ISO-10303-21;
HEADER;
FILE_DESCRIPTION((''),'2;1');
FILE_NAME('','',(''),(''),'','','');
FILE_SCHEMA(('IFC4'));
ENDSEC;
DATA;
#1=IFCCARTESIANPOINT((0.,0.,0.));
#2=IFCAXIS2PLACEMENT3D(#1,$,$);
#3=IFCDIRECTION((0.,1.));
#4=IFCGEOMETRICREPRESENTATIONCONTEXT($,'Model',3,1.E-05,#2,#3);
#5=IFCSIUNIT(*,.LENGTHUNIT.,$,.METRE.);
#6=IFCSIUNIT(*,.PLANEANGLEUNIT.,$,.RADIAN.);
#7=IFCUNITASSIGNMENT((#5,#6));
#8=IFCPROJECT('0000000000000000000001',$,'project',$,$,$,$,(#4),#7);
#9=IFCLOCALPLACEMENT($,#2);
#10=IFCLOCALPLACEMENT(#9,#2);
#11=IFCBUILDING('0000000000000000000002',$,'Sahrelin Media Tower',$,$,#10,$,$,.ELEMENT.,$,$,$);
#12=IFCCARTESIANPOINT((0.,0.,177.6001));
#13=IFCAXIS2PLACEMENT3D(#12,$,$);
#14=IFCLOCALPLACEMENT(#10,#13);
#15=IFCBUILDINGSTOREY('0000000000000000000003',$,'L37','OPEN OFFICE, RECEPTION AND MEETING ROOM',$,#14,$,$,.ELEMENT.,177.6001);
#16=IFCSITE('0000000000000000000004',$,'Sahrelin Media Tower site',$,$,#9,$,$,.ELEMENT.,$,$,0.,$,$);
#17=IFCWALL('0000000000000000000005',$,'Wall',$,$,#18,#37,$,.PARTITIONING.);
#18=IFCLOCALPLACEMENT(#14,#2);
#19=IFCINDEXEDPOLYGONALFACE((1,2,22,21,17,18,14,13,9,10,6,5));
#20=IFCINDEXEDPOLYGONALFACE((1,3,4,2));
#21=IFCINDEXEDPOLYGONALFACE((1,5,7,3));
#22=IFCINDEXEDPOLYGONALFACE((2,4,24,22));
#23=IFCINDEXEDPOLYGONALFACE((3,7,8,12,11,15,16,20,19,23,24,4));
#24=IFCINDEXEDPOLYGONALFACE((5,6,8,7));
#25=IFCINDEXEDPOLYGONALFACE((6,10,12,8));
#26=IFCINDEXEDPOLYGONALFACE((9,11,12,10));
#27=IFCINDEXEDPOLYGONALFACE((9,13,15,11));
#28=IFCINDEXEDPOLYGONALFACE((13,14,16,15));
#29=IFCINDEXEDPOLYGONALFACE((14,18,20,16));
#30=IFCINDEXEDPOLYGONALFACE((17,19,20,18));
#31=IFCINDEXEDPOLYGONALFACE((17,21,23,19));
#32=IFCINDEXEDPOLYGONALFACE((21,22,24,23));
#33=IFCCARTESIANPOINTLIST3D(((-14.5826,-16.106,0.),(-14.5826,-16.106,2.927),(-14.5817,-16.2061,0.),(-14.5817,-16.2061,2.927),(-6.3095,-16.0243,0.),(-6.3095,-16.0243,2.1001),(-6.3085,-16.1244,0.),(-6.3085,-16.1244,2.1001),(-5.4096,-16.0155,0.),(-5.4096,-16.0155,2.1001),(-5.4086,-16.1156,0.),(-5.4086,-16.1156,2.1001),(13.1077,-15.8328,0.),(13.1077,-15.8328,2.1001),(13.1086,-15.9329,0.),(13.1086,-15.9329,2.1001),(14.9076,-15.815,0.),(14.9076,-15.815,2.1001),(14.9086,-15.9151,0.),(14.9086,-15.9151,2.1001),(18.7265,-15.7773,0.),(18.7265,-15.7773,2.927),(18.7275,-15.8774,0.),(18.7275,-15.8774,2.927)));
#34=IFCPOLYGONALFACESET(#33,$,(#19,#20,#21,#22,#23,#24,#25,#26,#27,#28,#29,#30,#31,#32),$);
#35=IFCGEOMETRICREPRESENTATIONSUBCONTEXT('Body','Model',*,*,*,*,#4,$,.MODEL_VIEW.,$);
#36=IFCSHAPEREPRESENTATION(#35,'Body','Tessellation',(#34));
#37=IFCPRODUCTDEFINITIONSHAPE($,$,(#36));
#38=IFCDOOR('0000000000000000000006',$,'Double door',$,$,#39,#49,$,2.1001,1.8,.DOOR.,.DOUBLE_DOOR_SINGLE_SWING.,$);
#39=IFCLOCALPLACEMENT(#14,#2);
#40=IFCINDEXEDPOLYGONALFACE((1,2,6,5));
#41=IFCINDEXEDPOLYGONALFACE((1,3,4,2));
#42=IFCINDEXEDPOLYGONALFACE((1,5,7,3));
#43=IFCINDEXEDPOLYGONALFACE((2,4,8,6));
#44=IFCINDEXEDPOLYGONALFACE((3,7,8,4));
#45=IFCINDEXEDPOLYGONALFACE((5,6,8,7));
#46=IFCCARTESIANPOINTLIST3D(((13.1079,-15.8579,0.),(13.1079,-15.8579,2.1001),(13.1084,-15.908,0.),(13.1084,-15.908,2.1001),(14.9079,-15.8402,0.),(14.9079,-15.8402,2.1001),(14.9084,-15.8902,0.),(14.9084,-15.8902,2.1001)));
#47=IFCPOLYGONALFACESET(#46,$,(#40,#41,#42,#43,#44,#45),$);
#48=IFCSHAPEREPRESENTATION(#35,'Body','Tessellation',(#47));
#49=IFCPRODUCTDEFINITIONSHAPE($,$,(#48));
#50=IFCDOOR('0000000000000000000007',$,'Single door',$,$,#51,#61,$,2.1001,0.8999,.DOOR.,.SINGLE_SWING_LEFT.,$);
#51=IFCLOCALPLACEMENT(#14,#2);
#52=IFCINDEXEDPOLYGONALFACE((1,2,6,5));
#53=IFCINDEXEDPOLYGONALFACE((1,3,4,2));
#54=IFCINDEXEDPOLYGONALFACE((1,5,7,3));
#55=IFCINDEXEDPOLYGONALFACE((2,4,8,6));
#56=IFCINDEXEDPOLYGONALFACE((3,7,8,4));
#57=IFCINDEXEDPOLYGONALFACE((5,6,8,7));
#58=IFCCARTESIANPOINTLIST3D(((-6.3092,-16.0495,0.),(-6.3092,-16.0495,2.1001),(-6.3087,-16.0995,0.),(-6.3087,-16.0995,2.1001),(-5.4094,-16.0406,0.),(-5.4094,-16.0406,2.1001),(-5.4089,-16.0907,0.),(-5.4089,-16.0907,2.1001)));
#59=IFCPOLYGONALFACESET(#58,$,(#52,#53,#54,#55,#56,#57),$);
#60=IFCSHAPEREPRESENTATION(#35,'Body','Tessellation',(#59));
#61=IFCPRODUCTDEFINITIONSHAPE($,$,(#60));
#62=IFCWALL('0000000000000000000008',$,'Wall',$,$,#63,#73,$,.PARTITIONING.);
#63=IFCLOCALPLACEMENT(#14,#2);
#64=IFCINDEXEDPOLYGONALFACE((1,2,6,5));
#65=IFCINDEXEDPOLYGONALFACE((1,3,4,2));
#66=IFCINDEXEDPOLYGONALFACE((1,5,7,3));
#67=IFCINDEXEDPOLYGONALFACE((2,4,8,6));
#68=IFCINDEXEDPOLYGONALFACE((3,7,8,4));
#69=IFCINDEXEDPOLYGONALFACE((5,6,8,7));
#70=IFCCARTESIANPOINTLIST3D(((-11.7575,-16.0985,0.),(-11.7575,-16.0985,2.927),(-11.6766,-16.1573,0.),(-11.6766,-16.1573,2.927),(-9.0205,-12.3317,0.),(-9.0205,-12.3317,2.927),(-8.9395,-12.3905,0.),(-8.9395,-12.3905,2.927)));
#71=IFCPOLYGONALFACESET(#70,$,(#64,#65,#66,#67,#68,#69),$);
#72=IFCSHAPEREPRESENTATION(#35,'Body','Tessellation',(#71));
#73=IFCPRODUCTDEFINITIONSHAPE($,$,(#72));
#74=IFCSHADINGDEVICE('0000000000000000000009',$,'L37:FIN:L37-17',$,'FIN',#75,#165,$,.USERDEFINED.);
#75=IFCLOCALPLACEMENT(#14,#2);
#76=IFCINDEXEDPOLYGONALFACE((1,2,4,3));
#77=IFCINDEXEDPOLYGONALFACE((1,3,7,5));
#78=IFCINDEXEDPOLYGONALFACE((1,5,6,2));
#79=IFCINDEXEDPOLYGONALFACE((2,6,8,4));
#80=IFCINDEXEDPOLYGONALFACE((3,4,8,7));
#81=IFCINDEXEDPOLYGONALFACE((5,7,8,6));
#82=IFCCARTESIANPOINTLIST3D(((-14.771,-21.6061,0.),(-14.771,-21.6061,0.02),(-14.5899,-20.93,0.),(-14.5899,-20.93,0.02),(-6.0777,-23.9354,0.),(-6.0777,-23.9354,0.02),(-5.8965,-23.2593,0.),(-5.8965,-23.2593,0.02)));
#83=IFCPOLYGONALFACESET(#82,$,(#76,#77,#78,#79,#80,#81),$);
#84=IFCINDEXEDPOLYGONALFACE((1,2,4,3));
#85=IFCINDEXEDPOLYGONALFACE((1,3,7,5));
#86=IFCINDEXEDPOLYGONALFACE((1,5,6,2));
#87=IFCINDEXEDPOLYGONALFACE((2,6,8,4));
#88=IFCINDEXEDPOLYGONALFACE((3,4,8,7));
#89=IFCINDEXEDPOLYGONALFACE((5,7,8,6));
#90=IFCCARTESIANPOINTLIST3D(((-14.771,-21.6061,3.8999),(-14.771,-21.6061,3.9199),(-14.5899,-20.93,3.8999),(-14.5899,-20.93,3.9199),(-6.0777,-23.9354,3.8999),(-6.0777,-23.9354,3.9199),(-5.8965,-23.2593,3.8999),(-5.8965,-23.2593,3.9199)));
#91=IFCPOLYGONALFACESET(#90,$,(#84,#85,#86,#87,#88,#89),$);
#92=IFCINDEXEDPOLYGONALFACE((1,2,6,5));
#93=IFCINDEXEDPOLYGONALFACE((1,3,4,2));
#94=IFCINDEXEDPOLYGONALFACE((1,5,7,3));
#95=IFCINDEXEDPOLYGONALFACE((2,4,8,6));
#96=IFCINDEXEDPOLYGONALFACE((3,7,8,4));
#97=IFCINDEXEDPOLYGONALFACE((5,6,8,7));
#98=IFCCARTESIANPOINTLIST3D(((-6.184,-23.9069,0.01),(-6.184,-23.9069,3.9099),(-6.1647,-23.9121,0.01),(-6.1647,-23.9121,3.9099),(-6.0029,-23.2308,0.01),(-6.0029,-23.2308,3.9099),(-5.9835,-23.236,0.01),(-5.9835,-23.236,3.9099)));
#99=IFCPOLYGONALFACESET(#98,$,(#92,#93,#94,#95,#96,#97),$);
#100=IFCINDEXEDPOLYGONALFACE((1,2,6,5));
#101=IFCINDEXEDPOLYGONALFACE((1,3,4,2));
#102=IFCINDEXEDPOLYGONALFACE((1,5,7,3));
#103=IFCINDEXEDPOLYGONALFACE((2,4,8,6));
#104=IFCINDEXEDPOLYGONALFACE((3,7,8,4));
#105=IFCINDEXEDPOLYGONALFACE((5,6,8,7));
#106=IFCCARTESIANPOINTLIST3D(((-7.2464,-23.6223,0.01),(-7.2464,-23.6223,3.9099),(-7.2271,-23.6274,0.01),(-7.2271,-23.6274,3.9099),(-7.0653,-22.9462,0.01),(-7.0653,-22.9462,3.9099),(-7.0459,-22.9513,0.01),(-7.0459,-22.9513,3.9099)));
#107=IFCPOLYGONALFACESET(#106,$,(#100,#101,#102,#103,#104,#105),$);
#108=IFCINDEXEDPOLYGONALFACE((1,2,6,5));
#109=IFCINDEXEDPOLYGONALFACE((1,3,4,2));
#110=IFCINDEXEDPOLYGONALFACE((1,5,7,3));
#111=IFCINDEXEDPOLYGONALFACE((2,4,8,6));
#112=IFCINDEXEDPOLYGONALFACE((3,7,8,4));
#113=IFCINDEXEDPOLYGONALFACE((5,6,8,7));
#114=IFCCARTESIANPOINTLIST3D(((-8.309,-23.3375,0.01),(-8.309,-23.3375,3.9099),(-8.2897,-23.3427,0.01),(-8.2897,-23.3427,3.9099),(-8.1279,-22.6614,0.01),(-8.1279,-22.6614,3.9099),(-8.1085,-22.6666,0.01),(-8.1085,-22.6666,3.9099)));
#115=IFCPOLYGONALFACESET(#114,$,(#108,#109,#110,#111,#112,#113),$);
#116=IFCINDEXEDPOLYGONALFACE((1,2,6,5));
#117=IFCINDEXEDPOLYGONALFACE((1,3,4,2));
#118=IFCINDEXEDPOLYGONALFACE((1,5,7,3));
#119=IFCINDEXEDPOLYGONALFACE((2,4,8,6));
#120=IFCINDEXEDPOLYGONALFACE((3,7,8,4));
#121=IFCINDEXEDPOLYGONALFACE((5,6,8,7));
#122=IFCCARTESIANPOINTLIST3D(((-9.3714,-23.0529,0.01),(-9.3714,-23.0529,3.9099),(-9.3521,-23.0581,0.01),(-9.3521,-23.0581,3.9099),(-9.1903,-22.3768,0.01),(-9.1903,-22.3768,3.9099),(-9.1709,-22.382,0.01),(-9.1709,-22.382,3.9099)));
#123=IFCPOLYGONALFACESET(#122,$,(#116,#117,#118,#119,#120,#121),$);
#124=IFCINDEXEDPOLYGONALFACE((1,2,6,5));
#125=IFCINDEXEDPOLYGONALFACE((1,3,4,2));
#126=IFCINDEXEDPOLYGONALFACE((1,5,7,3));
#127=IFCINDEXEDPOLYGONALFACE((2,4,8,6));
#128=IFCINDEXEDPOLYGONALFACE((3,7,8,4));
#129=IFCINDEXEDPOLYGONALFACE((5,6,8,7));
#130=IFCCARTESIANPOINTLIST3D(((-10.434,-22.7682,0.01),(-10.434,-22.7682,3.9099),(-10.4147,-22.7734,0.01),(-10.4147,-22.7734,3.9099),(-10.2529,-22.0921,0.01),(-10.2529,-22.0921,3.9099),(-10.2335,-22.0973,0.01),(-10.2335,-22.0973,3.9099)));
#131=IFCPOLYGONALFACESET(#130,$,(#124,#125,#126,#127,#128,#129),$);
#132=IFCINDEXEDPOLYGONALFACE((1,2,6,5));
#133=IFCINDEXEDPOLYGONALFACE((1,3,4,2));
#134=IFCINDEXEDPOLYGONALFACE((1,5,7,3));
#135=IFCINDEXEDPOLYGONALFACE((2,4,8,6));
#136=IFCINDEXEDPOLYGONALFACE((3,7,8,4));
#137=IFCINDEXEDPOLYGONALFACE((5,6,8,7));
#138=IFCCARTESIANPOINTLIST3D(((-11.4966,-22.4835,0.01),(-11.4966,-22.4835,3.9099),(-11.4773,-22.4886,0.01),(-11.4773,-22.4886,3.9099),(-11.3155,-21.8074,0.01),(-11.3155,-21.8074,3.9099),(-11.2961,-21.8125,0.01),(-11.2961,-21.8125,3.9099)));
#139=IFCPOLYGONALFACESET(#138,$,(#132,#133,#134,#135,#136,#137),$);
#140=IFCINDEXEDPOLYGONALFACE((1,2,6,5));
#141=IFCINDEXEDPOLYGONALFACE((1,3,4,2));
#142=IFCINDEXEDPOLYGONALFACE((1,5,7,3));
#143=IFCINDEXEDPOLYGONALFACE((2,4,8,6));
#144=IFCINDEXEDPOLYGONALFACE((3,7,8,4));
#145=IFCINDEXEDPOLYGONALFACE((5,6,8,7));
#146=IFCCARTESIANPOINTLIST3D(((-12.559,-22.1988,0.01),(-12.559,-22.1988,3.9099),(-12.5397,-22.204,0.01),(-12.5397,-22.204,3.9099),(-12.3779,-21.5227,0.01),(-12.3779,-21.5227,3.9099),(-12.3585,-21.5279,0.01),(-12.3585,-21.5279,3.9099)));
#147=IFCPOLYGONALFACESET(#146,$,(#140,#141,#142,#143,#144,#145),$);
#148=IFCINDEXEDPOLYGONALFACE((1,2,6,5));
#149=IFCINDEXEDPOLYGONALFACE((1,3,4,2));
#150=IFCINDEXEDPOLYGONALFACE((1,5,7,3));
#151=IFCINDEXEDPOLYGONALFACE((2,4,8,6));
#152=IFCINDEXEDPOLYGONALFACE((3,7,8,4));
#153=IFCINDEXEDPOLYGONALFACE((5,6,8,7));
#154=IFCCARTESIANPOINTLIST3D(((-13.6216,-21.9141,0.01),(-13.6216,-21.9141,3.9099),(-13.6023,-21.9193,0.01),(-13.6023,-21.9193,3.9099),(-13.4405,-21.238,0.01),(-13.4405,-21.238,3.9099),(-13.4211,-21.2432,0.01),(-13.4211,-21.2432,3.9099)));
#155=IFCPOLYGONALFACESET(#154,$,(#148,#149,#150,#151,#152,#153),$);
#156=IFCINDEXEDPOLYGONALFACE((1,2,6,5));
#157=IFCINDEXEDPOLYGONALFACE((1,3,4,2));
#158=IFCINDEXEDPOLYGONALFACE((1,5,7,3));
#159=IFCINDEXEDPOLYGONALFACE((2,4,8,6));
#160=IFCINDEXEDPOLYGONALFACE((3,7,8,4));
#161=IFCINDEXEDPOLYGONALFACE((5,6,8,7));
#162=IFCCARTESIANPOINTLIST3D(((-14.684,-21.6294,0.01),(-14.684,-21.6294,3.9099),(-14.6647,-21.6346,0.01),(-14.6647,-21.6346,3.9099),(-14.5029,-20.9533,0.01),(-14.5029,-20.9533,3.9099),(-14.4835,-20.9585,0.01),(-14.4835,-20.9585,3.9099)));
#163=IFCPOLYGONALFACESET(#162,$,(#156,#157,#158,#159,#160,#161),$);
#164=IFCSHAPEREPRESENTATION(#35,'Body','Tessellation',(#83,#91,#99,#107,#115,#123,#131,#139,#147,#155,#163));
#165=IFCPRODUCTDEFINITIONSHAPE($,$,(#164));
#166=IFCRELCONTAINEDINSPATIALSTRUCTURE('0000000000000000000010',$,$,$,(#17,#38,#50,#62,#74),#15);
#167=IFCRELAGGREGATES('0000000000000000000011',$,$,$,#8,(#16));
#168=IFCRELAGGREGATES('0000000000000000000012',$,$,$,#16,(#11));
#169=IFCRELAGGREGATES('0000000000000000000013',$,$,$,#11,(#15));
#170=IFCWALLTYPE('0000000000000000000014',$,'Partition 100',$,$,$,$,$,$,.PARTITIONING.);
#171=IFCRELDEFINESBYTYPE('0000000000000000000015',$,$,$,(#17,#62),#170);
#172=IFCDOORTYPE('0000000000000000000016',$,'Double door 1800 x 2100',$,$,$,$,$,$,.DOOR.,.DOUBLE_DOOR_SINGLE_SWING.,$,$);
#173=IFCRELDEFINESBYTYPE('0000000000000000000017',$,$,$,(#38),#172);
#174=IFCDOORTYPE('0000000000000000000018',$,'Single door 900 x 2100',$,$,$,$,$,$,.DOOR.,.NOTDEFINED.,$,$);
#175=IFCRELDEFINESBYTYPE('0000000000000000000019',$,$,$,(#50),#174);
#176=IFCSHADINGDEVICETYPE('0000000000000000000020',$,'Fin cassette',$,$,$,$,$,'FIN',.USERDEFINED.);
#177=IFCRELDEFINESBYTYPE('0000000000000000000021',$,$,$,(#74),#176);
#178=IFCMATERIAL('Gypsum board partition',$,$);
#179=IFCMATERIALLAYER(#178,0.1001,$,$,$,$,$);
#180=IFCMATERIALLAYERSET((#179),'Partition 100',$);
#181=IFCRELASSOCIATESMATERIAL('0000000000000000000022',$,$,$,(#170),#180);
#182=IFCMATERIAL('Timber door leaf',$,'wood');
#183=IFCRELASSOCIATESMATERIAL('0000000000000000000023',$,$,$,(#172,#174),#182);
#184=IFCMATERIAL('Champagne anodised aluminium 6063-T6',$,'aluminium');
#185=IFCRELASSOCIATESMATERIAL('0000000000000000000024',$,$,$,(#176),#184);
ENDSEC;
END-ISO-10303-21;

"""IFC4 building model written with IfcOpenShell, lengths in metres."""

from ifc_helpers import new_model, si_unit, direction, frame, frame_2d, origin, origin_2d, place, context, subcontext, project, spatial, rectangle, extrude, material, layer, layer_set, type_object, element, fill, save


model = new_model("IFC4")

# Units and contexts
model_context = context("Model", 3, precision=1e-05, world=origin(), true_north=direction((0.0, 1.0)))
body_context = subcontext(model_context, "Body", "Model", "MODEL_VIEW")
ifc_project = project(units=[si_unit("LENGTHUNIT", "METRE"), si_unit("PLANEANGLEUNIT", "RADIAN")], contexts=[model_context])

# Site, building, storey
site_placement = place(None, origin())
site = spatial("IfcSite", under=ifc_project, at=site_placement, Name="Sahrelin Media Tower site", CompositionType="ELEMENT", RefElevation=0.0)
building_placement = place(site_placement, origin())
building = spatial("IfcBuilding", under=site, at=building_placement, Name="Sahrelin Media Tower", CompositionType="ELEMENT")
storey_placement = place(building_placement, frame((0.0, 0.0, 177.6001)))
storey = spatial("IfcBuildingStorey", under=building, at=storey_placement, Name="L37", Description="OPEN OFFICE, RECEPTION AND MEETING ROOM", CompositionType="ELEMENT", Elevation=177.6001)

# Shared definitions
ifc_material_1 = material(Name="Champagne anodised aluminium 6063-T6", Category="aluminium")

# Wall, openings, doors
ifc_material_2 = material(Name="Gypsum board partition")
ifc_layer_1 = layer(ifc_material_2, 0.1001)
ifc_layer_set_1 = layer_set([ifc_layer_1], Name="Partition 100")
wall_type_1 = type_object("IfcWallType", Name="Partition 100", PredefinedType="PARTITIONING", material=ifc_layer_set_1)
wall_1_placement = place(storey_placement, frame((-14.582, -16.156, 0.0), z_axis=(0.0, 0.0, 1.0), x_axis=(0.999951, 0.009865, 0.0)))
wall_1 = element("IfcWall", 1, at=wall_1_placement, inside=storey, type_object=wall_type_1, Name="Wall", PredefinedType="PARTITIONING", context=body_context, shape_type="SweptSolid", body=[
    extrude(rectangle(XDim=33.3108, YDim=0.1001, at=frame_2d((16.6553, 0.0))), origin(), (0.0, 0.0, 1.0), 2.927),
])
opening_1_placement = place(wall_1_placement, frame((27.6917, 0.0, 0.0)))
opening_1 = element("IfcOpeningElement", 2, at=opening_1_placement, cuts=wall_1, PredefinedType="OPENING", context=body_context, shape_type="SweptSolid", body=[
    extrude(rectangle(XDim=1.8, YDim=2.1001, at=frame_2d((0.8999, 1.05))), frame((0.0, 0.05, 0.0), z_axis=(0.0, -1.0, 0.0), x_axis=(1.0, 0.0, 0.0)), (0.0, 0.0, 1.0), 0.1001),
])
opening_2_placement = place(wall_1_placement, frame((8.2734, 0.0, 0.0)))
opening_2 = element("IfcOpeningElement", 3, at=opening_2_placement, cuts=wall_1, PredefinedType="OPENING", context=body_context, shape_type="SweptSolid", body=[
    extrude(rectangle(XDim=0.8999, YDim=2.1001, at=frame_2d((0.45, 1.05))), frame((0.0, 0.05, 0.0), z_axis=(0.0, -1.0, 0.0), x_axis=(1.0, 0.0, 0.0)), (0.0, 0.0, 1.0), 0.1001),
])
ifc_material_3 = material(Name="Timber door leaf", Category="wood")
door_type_1 = type_object("IfcDoorType", Name="Double door 1800 x 2100", OperationType="DOUBLE_DOOR_SINGLE_SWING", PredefinedType="DOOR", material=ifc_material_3)
door_1_placement = place(opening_1_placement, origin())
door_1 = element("IfcDoor", 4, at=door_1_placement, inside=storey, type_object=door_type_1, Name="Double door", OperationType="DOUBLE_DOOR_SINGLE_SWING", OverallHeight=2.1001, OverallWidth=1.8, PredefinedType="DOOR", context=body_context, shape_type="SweptSolid", body=[
    extrude(rectangle(XDim=1.8, YDim=2.1001, at=frame_2d((0.8999, 1.05))), frame((0.0, 0.0249, 0.0), z_axis=(0.0, -1.0, 0.0), x_axis=(1.0, 0.0, 0.0)), (0.0, 0.0, 1.0), 0.05),
])
fill(opening_1, door_1)
door_type_2 = type_object("IfcDoorType", Name="Single door 900 x 2100", OperationType="NOTDEFINED", PredefinedType="DOOR", material=ifc_material_3)
door_2_placement = place(opening_2_placement, origin())
door_2 = element("IfcDoor", 5, at=door_2_placement, inside=storey, type_object=door_type_2, Name="Single door", OperationType="SINGLE_SWING_LEFT", OverallHeight=2.1001, OverallWidth=0.8999, PredefinedType="DOOR", context=body_context, shape_type="SweptSolid", body=[
    extrude(rectangle(XDim=0.8999, YDim=2.1001, at=frame_2d((0.45, 1.05))), frame((0.0, 0.0249, 0.0), z_axis=(0.0, -1.0, 0.0), x_axis=(1.0, 0.0, 0.0)), (0.0, 0.0, 1.0), 0.05),
])
fill(opening_2, door_2)

# Wall
wall_2_placement = place(storey_placement, frame((-11.717, -16.1279, 0.0), z_axis=(0.0, 0.0, 1.0), x_axis=(0.587826, 0.808988, 0.0)))
element("IfcWall", 6, at=wall_2_placement, inside=storey, type_object=wall_type_1, Name="Wall", PredefinedType="PARTITIONING", context=body_context, shape_type="SweptSolid", body=[
    extrude(rectangle(XDim=4.6562, YDim=0.1001, at=frame_2d((2.3281, 0.0))), origin(), (0.0, 0.0, 1.0), 2.927),
])

# Shading device
shading_device_type_1 = type_object("IfcShadingDeviceType", Name="Fin cassette", ElementType="FIN", PredefinedType="USERDEFINED", material=ifc_material_1)
placement_1 = place(storey_placement, frame((-10.2251, -22.0271, 0.0), z_axis=(0.0, 0.0, 1.0), x_axis=(-0.965929, 0.258808, 0.0)))
element("IfcShadingDevice", 7, at=placement_1, inside=storey, type_object=shading_device_type_1, Name="L37:FIN:L37-17", ObjectType="FIN", PredefinedType="USERDEFINED", context=body_context, shape_type="SweptSolid", body=[
    extrude(rectangle(XDim=9.0, YDim=0.7, at=origin_2d()), frame((0.0, 0.4199, 0.0)), (0.0, 0.0, 1.0), 0.02),
    extrude(rectangle(XDim=9.0, YDim=0.7, at=origin_2d()), frame((0.0, 0.4199, 3.8999)), (0.0, 0.0, 1.0), 0.02),
    extrude(rectangle(XDim=0.02, YDim=0.7, at=origin_2d()), frame((-4.3999, 0.4199, 0.01), z_axis=(0.0, 0.0, 1.0), x_axis=(1.0, 0.0, 0.0)), (0.0, 0.0, 1.0), 3.8999),
    extrude(rectangle(XDim=0.02, YDim=0.7, at=origin_2d()), frame((-3.3, 0.4199, 0.01), z_axis=(0.0, 0.0, 1.0), x_axis=(1.0, 0.0, 0.0)), (0.0, 0.0, 1.0), 3.8999),
    extrude(rectangle(XDim=0.02, YDim=0.7, at=origin_2d()), frame((-2.2, 0.4199, 0.01), z_axis=(0.0, 0.0, 1.0), x_axis=(1.0, 0.0, 0.0)), (0.0, 0.0, 1.0), 3.8999),
    extrude(rectangle(XDim=0.02, YDim=0.7, at=origin_2d()), frame((-1.1001, 0.4199, 0.01), z_axis=(0.0, 0.0, 1.0), x_axis=(1.0, 0.0, 0.0)), (0.0, 0.0, 1.0), 3.8999),
    extrude(rectangle(XDim=0.02, YDim=0.7, at=origin_2d()), frame((0.0, 0.4199, 0.01), z_axis=(0.0, 0.0, 1.0), x_axis=(1.0, 0.0, 0.0)), (0.0, 0.0, 1.0), 3.8999),
    extrude(rectangle(XDim=0.02, YDim=0.7, at=origin_2d()), frame((1.1001, 0.4199, 0.01), z_axis=(0.0, 0.0, 1.0), x_axis=(1.0, 0.0, 0.0)), (0.0, 0.0, 1.0), 3.8999),
    extrude(rectangle(XDim=0.02, YDim=0.7, at=origin_2d()), frame((2.2, 0.4199, 0.01), z_axis=(0.0, 0.0, 1.0), x_axis=(1.0, 0.0, 0.0)), (0.0, 0.0, 1.0), 3.8999),
    extrude(rectangle(XDim=0.02, YDim=0.7, at=origin_2d()), frame((3.3, 0.4199, 0.01), z_axis=(0.0, 0.0, 1.0), x_axis=(1.0, 0.0, 0.0)), (0.0, 0.0, 1.0), 3.8999),
    extrude(rectangle(XDim=0.02, YDim=0.7, at=origin_2d()), frame((4.3999, 0.4199, 0.01), z_axis=(0.0, 0.0, 1.0), x_axis=(1.0, 0.0, 0.0)), (0.0, 0.0, 1.0), 3.8999),
])

save(model, "model.ifc")
